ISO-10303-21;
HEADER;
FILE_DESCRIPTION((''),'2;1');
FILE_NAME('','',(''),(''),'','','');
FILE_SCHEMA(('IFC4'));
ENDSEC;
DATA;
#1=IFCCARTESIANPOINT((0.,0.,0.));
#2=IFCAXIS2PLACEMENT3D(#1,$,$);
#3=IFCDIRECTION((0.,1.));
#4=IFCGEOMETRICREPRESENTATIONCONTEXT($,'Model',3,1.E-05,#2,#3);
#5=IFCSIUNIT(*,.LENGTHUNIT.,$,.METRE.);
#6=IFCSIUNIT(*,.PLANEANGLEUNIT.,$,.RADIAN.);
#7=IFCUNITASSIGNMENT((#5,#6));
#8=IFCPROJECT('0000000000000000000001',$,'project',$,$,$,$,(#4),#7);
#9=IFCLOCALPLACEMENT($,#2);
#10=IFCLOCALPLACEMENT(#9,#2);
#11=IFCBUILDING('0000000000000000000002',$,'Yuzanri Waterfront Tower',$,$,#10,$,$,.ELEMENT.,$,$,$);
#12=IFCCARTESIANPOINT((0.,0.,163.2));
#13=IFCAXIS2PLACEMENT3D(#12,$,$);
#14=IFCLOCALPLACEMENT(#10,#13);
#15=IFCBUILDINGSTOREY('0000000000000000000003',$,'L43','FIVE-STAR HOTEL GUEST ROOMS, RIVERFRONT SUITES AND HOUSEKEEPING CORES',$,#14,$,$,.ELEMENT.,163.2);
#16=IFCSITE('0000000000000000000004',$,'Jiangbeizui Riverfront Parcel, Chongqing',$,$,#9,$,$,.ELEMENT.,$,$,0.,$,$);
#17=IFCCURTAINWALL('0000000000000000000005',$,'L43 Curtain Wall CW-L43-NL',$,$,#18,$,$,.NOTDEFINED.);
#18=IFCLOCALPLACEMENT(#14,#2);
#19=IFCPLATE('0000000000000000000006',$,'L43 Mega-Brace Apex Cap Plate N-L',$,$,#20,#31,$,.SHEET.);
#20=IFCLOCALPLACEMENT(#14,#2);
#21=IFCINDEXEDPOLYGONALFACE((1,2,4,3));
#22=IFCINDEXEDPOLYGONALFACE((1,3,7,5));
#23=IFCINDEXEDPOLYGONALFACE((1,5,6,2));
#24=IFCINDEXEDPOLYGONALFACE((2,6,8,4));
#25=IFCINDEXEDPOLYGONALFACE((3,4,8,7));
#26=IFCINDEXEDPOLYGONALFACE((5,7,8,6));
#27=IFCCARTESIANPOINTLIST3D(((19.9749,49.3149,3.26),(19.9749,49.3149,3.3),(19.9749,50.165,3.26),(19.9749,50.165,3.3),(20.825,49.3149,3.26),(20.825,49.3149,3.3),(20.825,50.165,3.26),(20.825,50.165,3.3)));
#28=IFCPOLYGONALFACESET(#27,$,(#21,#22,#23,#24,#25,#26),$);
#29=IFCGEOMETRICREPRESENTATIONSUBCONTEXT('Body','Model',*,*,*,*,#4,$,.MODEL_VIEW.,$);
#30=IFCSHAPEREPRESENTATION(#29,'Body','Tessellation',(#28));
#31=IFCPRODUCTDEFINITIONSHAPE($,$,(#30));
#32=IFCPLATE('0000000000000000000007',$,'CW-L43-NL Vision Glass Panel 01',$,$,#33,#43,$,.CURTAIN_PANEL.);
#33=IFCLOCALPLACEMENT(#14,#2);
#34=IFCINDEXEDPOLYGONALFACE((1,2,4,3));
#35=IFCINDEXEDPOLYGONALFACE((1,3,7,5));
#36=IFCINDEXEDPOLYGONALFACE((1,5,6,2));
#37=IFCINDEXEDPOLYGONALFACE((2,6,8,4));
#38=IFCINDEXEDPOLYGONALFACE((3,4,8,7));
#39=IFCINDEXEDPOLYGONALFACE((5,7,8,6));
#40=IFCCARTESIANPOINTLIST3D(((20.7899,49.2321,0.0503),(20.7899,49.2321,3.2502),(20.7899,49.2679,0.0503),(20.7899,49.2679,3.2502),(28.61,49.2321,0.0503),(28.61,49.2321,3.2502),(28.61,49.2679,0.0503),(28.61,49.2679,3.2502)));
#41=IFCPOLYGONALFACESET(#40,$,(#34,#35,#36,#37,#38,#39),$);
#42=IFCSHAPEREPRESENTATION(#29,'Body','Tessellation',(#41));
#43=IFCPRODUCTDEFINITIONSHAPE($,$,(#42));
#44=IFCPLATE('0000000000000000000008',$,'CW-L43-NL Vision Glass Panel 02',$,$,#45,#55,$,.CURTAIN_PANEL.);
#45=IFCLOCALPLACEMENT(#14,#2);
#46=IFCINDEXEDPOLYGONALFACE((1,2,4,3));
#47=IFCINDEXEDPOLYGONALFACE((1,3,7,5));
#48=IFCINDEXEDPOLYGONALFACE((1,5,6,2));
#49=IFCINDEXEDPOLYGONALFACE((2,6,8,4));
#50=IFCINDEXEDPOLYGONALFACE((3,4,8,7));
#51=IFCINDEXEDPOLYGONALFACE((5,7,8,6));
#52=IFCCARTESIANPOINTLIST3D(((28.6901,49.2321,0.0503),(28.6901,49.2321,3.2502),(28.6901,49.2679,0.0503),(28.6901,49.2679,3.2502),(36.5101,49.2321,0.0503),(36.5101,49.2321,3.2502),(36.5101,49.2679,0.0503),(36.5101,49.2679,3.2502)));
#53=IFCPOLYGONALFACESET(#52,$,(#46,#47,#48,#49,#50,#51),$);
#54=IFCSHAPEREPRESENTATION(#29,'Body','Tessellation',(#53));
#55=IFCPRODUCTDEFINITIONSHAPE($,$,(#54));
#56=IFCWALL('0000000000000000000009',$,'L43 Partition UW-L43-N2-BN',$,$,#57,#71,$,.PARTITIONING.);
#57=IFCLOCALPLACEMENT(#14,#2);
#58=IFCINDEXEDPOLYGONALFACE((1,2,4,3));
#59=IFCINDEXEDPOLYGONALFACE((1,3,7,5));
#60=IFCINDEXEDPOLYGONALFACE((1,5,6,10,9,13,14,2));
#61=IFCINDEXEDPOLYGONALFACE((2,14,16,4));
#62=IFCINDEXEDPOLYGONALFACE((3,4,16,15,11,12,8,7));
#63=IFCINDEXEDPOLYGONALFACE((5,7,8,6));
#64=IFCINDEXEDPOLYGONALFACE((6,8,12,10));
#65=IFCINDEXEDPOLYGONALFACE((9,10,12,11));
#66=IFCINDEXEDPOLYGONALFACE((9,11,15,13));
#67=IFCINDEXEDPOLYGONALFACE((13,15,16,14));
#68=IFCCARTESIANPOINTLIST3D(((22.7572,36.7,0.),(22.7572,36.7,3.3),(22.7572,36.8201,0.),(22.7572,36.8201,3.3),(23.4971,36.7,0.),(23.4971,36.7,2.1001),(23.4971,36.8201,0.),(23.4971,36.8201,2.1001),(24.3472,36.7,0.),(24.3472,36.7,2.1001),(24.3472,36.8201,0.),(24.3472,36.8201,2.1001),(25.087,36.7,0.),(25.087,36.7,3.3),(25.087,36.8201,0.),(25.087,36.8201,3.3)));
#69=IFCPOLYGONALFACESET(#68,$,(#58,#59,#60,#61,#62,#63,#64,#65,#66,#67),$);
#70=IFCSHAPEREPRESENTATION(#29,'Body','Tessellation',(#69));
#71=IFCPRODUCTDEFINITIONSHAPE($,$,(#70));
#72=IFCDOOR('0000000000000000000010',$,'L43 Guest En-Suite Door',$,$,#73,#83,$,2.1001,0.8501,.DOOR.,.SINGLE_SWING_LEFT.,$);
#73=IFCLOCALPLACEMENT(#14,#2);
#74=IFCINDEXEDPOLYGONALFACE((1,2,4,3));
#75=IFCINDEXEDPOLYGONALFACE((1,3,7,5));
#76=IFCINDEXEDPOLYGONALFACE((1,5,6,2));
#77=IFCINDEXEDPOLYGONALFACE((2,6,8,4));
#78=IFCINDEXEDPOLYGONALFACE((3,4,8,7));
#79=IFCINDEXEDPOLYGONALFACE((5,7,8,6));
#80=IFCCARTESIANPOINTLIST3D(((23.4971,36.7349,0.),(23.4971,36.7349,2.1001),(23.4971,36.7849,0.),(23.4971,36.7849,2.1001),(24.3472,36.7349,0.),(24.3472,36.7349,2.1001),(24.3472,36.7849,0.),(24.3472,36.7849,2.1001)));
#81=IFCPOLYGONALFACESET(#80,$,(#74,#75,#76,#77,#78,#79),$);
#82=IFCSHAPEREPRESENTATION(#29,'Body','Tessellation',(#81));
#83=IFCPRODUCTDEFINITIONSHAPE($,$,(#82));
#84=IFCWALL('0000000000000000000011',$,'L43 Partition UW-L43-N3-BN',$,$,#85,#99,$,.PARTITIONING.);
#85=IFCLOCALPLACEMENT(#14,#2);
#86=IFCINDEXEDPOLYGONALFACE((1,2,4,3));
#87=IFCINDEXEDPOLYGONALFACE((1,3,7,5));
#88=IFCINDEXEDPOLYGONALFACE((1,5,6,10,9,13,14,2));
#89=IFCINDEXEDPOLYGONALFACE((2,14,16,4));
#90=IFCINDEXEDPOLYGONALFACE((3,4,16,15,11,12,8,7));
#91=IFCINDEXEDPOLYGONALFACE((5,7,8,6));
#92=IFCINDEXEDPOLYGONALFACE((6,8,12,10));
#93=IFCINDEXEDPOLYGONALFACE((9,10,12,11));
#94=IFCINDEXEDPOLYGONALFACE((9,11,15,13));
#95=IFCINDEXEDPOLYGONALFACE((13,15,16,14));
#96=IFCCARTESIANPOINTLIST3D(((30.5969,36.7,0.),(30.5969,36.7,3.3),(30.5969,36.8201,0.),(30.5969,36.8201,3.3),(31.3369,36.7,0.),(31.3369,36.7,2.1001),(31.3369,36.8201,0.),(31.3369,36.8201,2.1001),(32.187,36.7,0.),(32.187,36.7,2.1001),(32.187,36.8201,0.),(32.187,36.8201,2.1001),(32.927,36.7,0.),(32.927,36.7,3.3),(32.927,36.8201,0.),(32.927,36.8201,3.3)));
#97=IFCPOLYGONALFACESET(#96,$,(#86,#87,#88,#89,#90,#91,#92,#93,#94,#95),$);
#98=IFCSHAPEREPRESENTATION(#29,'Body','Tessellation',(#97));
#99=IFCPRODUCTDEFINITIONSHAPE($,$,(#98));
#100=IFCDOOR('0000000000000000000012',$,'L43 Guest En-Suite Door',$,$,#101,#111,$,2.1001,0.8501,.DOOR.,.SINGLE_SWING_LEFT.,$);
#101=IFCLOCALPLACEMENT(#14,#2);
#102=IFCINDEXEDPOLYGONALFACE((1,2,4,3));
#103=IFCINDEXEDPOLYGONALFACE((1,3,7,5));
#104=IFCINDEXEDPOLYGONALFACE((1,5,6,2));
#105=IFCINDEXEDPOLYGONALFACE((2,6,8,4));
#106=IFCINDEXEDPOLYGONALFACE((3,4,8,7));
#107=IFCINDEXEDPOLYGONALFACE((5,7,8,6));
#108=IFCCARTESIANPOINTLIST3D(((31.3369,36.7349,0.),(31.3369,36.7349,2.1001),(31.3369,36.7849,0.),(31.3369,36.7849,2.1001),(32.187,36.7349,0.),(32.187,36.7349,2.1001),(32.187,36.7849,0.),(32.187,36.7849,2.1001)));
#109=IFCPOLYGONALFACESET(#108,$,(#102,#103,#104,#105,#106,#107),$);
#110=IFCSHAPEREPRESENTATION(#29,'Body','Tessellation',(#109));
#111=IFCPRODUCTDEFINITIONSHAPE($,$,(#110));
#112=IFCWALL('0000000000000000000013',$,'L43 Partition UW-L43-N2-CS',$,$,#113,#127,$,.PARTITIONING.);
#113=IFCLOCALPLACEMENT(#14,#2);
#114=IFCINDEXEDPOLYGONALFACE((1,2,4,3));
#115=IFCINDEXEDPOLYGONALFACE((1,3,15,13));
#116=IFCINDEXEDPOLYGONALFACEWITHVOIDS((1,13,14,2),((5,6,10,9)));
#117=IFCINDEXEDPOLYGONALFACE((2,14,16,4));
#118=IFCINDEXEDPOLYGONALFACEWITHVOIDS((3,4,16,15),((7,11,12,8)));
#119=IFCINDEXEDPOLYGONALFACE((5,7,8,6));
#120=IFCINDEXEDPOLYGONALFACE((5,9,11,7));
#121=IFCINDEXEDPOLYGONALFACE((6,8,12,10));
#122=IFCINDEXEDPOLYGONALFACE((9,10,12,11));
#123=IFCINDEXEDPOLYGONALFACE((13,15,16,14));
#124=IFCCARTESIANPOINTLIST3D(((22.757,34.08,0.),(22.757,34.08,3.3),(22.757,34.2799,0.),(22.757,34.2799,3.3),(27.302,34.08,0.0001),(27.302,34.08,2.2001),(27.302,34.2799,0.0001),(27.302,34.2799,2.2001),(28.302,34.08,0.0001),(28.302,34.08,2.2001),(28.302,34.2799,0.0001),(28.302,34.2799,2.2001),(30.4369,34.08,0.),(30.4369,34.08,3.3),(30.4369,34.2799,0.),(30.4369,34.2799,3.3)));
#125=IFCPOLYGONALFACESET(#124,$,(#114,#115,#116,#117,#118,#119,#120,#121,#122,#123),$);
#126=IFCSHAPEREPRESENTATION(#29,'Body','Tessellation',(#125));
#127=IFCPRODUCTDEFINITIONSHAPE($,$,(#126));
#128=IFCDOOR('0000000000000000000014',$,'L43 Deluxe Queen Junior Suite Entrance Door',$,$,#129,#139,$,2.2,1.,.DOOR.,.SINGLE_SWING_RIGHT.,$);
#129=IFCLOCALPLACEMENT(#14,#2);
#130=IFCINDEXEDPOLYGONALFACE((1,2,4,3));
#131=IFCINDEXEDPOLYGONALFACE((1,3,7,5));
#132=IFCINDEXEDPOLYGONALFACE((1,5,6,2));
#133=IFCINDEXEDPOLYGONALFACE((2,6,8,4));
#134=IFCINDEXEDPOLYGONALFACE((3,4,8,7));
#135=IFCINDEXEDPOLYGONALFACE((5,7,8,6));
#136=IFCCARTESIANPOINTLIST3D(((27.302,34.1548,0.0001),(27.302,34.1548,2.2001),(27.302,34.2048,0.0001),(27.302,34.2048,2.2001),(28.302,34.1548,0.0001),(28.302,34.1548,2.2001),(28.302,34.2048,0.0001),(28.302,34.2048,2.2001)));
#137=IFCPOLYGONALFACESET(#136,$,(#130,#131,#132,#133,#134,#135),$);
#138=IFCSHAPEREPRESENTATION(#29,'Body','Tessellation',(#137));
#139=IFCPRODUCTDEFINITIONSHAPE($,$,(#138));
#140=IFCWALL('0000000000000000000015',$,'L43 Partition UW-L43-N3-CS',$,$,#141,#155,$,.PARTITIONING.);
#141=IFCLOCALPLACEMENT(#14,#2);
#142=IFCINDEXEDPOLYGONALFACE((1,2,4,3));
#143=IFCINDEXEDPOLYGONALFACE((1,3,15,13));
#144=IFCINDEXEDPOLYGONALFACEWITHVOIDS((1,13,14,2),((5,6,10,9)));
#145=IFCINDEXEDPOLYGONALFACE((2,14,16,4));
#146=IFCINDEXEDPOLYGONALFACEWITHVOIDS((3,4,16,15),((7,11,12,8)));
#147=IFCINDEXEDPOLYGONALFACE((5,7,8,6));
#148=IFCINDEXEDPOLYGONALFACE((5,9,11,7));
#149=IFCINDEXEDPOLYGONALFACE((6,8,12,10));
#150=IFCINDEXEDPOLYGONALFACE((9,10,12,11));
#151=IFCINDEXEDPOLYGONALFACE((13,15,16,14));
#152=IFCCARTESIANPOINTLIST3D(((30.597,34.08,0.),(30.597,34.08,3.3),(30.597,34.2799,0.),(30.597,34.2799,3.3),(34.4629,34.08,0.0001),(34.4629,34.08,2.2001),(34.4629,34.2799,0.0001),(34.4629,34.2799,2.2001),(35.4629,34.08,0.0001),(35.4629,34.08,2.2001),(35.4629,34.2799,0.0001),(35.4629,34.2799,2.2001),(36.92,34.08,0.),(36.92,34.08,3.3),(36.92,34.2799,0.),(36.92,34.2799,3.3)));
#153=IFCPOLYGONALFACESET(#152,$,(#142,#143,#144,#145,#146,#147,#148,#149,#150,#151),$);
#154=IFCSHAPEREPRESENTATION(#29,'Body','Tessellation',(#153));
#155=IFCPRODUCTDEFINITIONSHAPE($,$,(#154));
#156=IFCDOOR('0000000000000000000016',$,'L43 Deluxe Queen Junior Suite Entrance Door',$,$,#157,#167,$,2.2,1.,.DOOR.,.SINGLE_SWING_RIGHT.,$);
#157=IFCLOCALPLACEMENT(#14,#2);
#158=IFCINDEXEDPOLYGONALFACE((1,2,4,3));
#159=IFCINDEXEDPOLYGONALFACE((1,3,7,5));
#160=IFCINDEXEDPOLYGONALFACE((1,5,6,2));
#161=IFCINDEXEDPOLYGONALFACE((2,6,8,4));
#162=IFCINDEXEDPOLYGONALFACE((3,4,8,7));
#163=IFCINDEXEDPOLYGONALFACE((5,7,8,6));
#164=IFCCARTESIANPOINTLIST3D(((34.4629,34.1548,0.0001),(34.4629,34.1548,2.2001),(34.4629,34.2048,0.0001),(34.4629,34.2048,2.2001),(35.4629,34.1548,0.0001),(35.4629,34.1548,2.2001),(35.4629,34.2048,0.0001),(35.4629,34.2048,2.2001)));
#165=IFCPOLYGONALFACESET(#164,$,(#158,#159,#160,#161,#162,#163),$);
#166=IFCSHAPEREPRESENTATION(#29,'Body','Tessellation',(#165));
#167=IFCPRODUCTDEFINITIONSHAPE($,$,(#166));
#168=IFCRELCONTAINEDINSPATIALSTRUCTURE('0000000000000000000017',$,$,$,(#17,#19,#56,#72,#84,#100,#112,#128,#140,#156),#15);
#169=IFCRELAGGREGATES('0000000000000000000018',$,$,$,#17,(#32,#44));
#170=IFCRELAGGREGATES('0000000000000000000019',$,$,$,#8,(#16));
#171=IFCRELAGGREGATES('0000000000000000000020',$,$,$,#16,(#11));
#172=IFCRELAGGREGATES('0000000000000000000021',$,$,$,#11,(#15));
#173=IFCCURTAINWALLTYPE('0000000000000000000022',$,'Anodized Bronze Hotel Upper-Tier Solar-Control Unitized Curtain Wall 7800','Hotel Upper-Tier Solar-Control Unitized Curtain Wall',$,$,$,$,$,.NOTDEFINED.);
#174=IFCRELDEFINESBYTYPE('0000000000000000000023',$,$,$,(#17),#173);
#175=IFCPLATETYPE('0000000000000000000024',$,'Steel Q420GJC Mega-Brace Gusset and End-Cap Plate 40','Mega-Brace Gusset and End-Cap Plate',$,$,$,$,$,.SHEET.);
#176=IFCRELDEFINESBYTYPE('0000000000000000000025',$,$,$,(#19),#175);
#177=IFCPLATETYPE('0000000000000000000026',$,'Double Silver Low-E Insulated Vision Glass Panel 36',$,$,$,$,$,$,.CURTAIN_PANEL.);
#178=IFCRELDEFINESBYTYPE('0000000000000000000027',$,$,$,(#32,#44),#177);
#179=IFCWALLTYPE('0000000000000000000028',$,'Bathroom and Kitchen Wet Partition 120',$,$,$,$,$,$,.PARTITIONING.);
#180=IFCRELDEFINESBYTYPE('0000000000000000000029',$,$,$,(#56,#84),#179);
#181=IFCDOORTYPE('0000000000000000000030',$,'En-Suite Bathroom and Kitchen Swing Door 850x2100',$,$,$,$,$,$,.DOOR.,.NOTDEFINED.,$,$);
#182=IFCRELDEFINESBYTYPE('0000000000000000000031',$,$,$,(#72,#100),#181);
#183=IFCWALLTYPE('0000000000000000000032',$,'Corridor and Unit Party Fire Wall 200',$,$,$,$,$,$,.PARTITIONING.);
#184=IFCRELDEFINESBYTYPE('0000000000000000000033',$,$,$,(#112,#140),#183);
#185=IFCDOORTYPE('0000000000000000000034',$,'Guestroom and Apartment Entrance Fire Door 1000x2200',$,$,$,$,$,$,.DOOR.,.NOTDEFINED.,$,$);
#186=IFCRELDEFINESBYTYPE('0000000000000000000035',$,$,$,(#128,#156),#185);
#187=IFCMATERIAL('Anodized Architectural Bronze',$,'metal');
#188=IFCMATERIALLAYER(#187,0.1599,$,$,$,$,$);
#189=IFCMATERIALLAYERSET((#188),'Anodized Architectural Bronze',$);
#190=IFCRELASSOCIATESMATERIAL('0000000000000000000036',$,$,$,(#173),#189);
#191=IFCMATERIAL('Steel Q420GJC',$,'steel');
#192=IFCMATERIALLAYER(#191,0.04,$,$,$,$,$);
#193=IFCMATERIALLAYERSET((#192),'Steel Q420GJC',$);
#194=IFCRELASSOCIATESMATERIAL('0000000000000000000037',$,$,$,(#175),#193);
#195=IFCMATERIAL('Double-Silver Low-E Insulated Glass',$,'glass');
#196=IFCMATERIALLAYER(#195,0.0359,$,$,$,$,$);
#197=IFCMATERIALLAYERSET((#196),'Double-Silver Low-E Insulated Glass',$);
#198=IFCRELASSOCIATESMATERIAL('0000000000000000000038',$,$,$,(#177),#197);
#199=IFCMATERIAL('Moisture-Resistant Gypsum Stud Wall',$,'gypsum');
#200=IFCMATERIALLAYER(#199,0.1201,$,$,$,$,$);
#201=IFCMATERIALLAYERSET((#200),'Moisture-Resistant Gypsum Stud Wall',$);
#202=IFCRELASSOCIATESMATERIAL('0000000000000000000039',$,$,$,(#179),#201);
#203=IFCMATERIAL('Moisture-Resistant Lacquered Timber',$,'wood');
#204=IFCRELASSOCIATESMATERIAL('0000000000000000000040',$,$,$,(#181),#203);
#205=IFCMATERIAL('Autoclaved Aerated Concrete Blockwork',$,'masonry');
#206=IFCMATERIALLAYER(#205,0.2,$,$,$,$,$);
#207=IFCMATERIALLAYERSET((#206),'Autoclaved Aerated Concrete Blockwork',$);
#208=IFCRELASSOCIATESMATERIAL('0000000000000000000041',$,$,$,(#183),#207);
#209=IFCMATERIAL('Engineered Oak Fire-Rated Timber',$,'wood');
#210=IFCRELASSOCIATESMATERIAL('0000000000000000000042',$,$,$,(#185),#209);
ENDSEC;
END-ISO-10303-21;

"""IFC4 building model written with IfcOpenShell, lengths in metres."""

from ifc_helpers import new_model, si_unit, direction, frame, frame_2d, origin, origin_2d, place, context, subcontext, project, spatial, rectangle, extrude, source, transform, mapped, material, layer, layer_set, type_object, element, fill, aggregate, save


model = new_model("IFC4")

# Units and contexts
model_context = context("Model", 3, precision=1e-05, world=origin(), true_north=direction((0.0, 1.0)))
body_context = subcontext(model_context, "Body", "Model", "MODEL_VIEW")
ifc_project = project(units=[si_unit("LENGTHUNIT", "METRE"), si_unit("PLANEANGLEUNIT", "RADIAN")], contexts=[model_context])

# Site, building, storey
site_placement = place(None, origin())
site = spatial("IfcSite", under=ifc_project, at=site_placement, Name="Jiangbeizui Riverfront Parcel, Chongqing", CompositionType="ELEMENT", RefElevation=0.0)
building_placement = place(site_placement, origin())
building = spatial("IfcBuilding", under=site, at=building_placement, Name="Yuzanri Waterfront Tower", CompositionType="ELEMENT")
storey_placement = place(building_placement, frame((0.0, 0.0, 163.2)))
storey = spatial("IfcBuildingStorey", under=building, at=storey_placement, Name="L43", Description="FIVE-STAR HOTEL GUEST ROOMS, RIVERFRONT SUITES AND HOUSEKEEPING CORES", CompositionType="ELEMENT", Elevation=163.2)

# Curtain wall
ifc_material_1 = material(Name="Anodized Architectural Bronze", Category="metal")
ifc_layer_1 = layer(ifc_material_1, 0.1599)
ifc_layer_set_1 = layer_set([ifc_layer_1], Name="Anodized Architectural Bronze")
curtain_wall_type = type_object("IfcCurtainWallType", Name="Anodized Bronze Hotel Upper-Tier Solar-Control Unitized Curtain Wall 7800", Description="Hotel Upper-Tier Solar-Control Unitized Curtain Wall", PredefinedType="NOTDEFINED", material=ifc_layer_set_1)
curtain_wall_placement = place(storey_placement, origin())
curtain_wall = element("IfcCurtainWall", 1, at=curtain_wall_placement, inside=storey, type_object=curtain_wall_type, Name="L43 Curtain Wall CW-L43-NL", PredefinedType="NOTDEFINED")

# Plates
ifc_material_2 = material(Name="Steel Q420GJC", Category="steel")
ifc_layer_2 = layer(ifc_material_2, 0.04)
ifc_layer_set_2 = layer_set([ifc_layer_2], Name="Steel Q420GJC")
plate_type_1 = type_object("IfcPlateType", Name="Steel Q420GJC Mega-Brace Gusset and End-Cap Plate 40", Description="Mega-Brace Gusset and End-Cap Plate", PredefinedType="SHEET", material=ifc_layer_set_2)
shared_shape_1 = source(origin(), body_context, "Body", "SweptSolid", [
    extrude(rectangle(XDim=0.8501, YDim=0.8501, at=origin_2d()), origin(), (0.0, 0.0, 1.0), 0.04),
])
plate_1_placement = place(storey_placement, frame((20.3999, 49.74, 3.26), z_axis=(0.0, 0.0, 1.0), x_axis=(1.0, 0.0, 0.0)))
element("IfcPlate", 2, at=plate_1_placement, inside=storey, type_object=plate_type_1, Name="L43 Mega-Brace Apex Cap Plate N-L", PredefinedType="SHEET", context=body_context, shape_type="MappedRepresentation", body=[
    mapped(shared_shape_1, transform((0.0, 0.0, 0.0), scale=1.0)),
])
ifc_material_3 = material(Name="Double-Silver Low-E Insulated Glass", Category="glass")
ifc_layer_3 = layer(ifc_material_3, 0.0359)
ifc_layer_set_3 = layer_set([ifc_layer_3], Name="Double-Silver Low-E Insulated Glass")
plate_type_2 = type_object("IfcPlateType", Name="Double Silver Low-E Insulated Vision Glass Panel 36", PredefinedType="CURTAIN_PANEL", material=ifc_layer_set_3)
shared_shape_2 = source(origin(), body_context, "Body", "SweptSolid", [
    extrude(rectangle(XDim=7.8201, YDim=0.0359, at=origin_2d()), origin(), (0.0, 0.0, 1.0), 3.2),
])
plate_2_placement = place(storey_placement, frame((24.7, 49.25, 0.0503), z_axis=(0.0, 0.0, 1.0), x_axis=(1.0, 0.0, 0.0)))
plate_2 = element("IfcPlate", 3, at=plate_2_placement, type_object=plate_type_2, Name="CW-L43-NL Vision Glass Panel 01", PredefinedType="CURTAIN_PANEL", context=body_context, shape_type="MappedRepresentation", body=[
    mapped(shared_shape_2, transform((0.0, 0.0, 0.0), scale=1.0)),
])
plate_3_placement = place(storey_placement, frame((32.6001, 49.25, 0.0503), z_axis=(0.0, 0.0, 1.0), x_axis=(1.0, 0.0, 0.0)))
plate_3 = element("IfcPlate", 4, at=plate_3_placement, type_object=plate_type_2, Name="CW-L43-NL Vision Glass Panel 02", PredefinedType="CURTAIN_PANEL", context=body_context, shape_type="MappedRepresentation", body=[
    mapped(shared_shape_2, transform((0.0, 0.0, 0.0), scale=1.0)),
])
aggregate(curtain_wall, [plate_2, plate_3])

# Walls, openings, doors
ifc_material_4 = material(Name="Moisture-Resistant Gypsum Stud Wall", Category="gypsum")
ifc_layer_4 = layer(ifc_material_4, 0.1201)
ifc_layer_set_4 = layer_set([ifc_layer_4], Name="Moisture-Resistant Gypsum Stud Wall")
wall_type_1 = type_object("IfcWallType", Name="Bathroom and Kitchen Wet Partition 120", PredefinedType="PARTITIONING", material=ifc_layer_set_4)
wall_1_placement = place(storey_placement, frame((22.7571, 36.76, 0.0), z_axis=(0.0, 0.0, 1.0), x_axis=(1.0, 0.0, 0.0)))
wall_1 = element("IfcWall", 5, at=wall_1_placement, inside=storey, type_object=wall_type_1, Name="L43 Partition UW-L43-N2-BN", PredefinedType="PARTITIONING", context=body_context, shape_type="SweptSolid", body=[
    extrude(rectangle(XDim=2.3298, YDim=0.1201, at=frame_2d((1.165, 0.0))), origin(), (0.0, 0.0, 1.0), 3.3),
])
opening_1_placement = place(wall_1_placement, frame((0.74, 0.0, 0.0)))
opening_1 = element("IfcOpeningElement", 6, at=opening_1_placement, cuts=wall_1, PredefinedType="OPENING", context=body_context, shape_type="SweptSolid", body=[
    extrude(rectangle(XDim=0.8501, YDim=2.1001, at=frame_2d((0.425, 1.05))), frame((0.0, 0.075, 0.0), z_axis=(0.0, -1.0, 0.0), x_axis=(1.0, 0.0, 0.0)), (0.0, 0.0, 1.0), 0.1499),
])
ifc_material_5 = material(Name="Moisture-Resistant Lacquered Timber", Category="wood")
door_type_1 = type_object("IfcDoorType", Name="En-Suite Bathroom and Kitchen Swing Door 850x2100", OperationType="NOTDEFINED", PredefinedType="DOOR", material=ifc_material_5)
shared_shape_3 = source(origin(), body_context, "Body", "SweptSolid", [
    extrude(rectangle(XDim=0.8501, YDim=2.1001, at=frame_2d((0.425, 1.05))), frame((0.0, 0.0249, 0.0), z_axis=(0.0, -1.0, 0.0), x_axis=(1.0, 0.0, 0.0)), (0.0, 0.0, 1.0), 0.05),
])
door_1_placement = place(opening_1_placement, origin())
door_1 = element("IfcDoor", 7, at=door_1_placement, inside=storey, type_object=door_type_1, Name="L43 Guest En-Suite Door", OperationType="SINGLE_SWING_LEFT", OverallHeight=2.1001, OverallWidth=0.8501, PredefinedType="DOOR", context=body_context, shape_type="MappedRepresentation", body=[
    mapped(shared_shape_3, transform((0.0, 0.0, 0.0), scale=1.0)),
])
fill(opening_1, door_1)
wall_2_placement = place(storey_placement, frame((30.5969, 36.76, 0.0), z_axis=(0.0, 0.0, 1.0), x_axis=(1.0, 0.0, 0.0)))
wall_2 = element("IfcWall", 8, at=wall_2_placement, inside=storey, type_object=wall_type_1, Name="L43 Partition UW-L43-N3-BN", PredefinedType="PARTITIONING", context=body_context, shape_type="SweptSolid", body=[
    extrude(rectangle(XDim=2.3301, YDim=0.1201, at=frame_2d((1.165, 0.0))), origin(), (0.0, 0.0, 1.0), 3.3),
])
opening_2_placement = place(wall_2_placement, frame((0.74, 0.0, 0.0)))
opening_2 = element("IfcOpeningElement", 9, at=opening_2_placement, cuts=wall_2, PredefinedType="OPENING", context=body_context, shape_type="SweptSolid", body=[
    extrude(rectangle(XDim=0.8501, YDim=2.1001, at=frame_2d((0.425, 1.05))), frame((0.0, 0.075, 0.0), z_axis=(0.0, -1.0, 0.0), x_axis=(1.0, 0.0, 0.0)), (0.0, 0.0, 1.0), 0.1499),
])
door_2_placement = place(opening_2_placement, origin())
door_2 = element("IfcDoor", 10, at=door_2_placement, inside=storey, type_object=door_type_1, Name="L43 Guest En-Suite Door", OperationType="SINGLE_SWING_LEFT", OverallHeight=2.1001, OverallWidth=0.8501, PredefinedType="DOOR", context=body_context, shape_type="MappedRepresentation", body=[
    mapped(shared_shape_3, transform((0.0, 0.0, 0.0), scale=1.0)),
])
fill(opening_2, door_2)
ifc_material_6 = material(Name="Autoclaved Aerated Concrete Blockwork", Category="masonry")
ifc_layer_5 = layer(ifc_material_6, 0.2)
ifc_layer_set_5 = layer_set([ifc_layer_5], Name="Autoclaved Aerated Concrete Blockwork")
wall_type_2 = type_object("IfcWallType", Name="Corridor and Unit Party Fire Wall 200", PredefinedType="PARTITIONING", material=ifc_layer_set_5)
wall_3_placement = place(storey_placement, frame((22.7571, 34.1799, 0.0), z_axis=(0.0, 0.0, 1.0), x_axis=(1.0, 0.0, 0.0)))
wall_3 = element("IfcWall", 11, at=wall_3_placement, inside=storey, type_object=wall_type_2, Name="L43 Partition UW-L43-N2-CS", PredefinedType="PARTITIONING", context=body_context, shape_type="SweptSolid", body=[
    extrude(rectangle(XDim=7.6799, YDim=0.2, at=frame_2d((3.8398, 0.0))), origin(), (0.0, 0.0, 1.0), 3.3),
])
opening_3_placement = place(wall_3_placement, frame((4.5449, 0.0, 0.0)))
opening_3 = element("IfcOpeningElement", 12, at=opening_3_placement, cuts=wall_3, PredefinedType="OPENING", context=body_context, shape_type="SweptSolid", body=[
    extrude(rectangle(XDim=1.0, YDim=2.2, at=frame_2d((0.5, 1.1001))), frame((0.0, 0.1147, 0.0), z_axis=(0.0, -1.0, 0.0), x_axis=(1.0, 0.0, 0.0)), (0.0, 0.0, 1.0), 0.2297),
])
ifc_material_7 = material(Name="Engineered Oak Fire-Rated Timber", Category="wood")
door_type_2 = type_object("IfcDoorType", Name="Guestroom and Apartment Entrance Fire Door 1000x2200", OperationType="NOTDEFINED", PredefinedType="DOOR", material=ifc_material_7)
shared_shape_4 = source(origin(), body_context, "Body", "SweptSolid", [
    extrude(rectangle(XDim=1.0, YDim=2.2, at=frame_2d((0.5, 1.1001))), frame((0.0, 0.0249, 0.0), z_axis=(0.0, -1.0, 0.0), x_axis=(1.0, 0.0, 0.0)), (0.0, 0.0, 1.0), 0.05),
])
door_3_placement = place(opening_3_placement, origin())
door_3 = element("IfcDoor", 13, at=door_3_placement, inside=storey, type_object=door_type_2, Name="L43 Deluxe Queen Junior Suite Entrance Door", OperationType="SINGLE_SWING_RIGHT", OverallHeight=2.2, OverallWidth=1.0, PredefinedType="DOOR", context=body_context, shape_type="MappedRepresentation", body=[
    mapped(shared_shape_4, transform((0.0, 0.0, 0.0), scale=1.0)),
])
fill(opening_3, door_3)
wall_4_placement = place(storey_placement, frame((30.5969, 34.1799, 0.0), z_axis=(0.0, 0.0, 1.0), x_axis=(1.0, 0.0, 0.0)))
wall_4 = element("IfcWall", 14, at=wall_4_placement, inside=storey, type_object=wall_type_2, Name="L43 Partition UW-L43-N3-CS", PredefinedType="PARTITIONING", context=body_context, shape_type="SweptSolid", body=[
    extrude(rectangle(XDim=6.323, YDim=0.2, at=frame_2d((3.1616, 0.0))), origin(), (0.0, 0.0, 1.0), 3.3),
])
opening_4_placement = place(wall_4_placement, frame((3.866, 0.0, 0.0)))
opening_4 = element("IfcOpeningElement", 15, at=opening_4_placement, cuts=wall_4, PredefinedType="OPENING", context=body_context, shape_type="SweptSolid", body=[
    extrude(rectangle(XDim=1.0, YDim=2.2, at=frame_2d((0.5, 1.1001))), frame((0.0, 0.1147, 0.0), z_axis=(0.0, -1.0, 0.0), x_axis=(1.0, 0.0, 0.0)), (0.0, 0.0, 1.0), 0.2297),
])
door_4_placement = place(opening_4_placement, origin())
door_4 = element("IfcDoor", 16, at=door_4_placement, inside=storey, type_object=door_type_2, Name="L43 Deluxe Queen Junior Suite Entrance Door", OperationType="SINGLE_SWING_RIGHT", OverallHeight=2.2, OverallWidth=1.0, PredefinedType="DOOR", context=body_context, shape_type="MappedRepresentation", body=[
    mapped(shared_shape_4, transform((0.0, 0.0, 0.0), scale=1.0)),
])
fill(opening_4, door_4)

save(model, "model.ifc")
